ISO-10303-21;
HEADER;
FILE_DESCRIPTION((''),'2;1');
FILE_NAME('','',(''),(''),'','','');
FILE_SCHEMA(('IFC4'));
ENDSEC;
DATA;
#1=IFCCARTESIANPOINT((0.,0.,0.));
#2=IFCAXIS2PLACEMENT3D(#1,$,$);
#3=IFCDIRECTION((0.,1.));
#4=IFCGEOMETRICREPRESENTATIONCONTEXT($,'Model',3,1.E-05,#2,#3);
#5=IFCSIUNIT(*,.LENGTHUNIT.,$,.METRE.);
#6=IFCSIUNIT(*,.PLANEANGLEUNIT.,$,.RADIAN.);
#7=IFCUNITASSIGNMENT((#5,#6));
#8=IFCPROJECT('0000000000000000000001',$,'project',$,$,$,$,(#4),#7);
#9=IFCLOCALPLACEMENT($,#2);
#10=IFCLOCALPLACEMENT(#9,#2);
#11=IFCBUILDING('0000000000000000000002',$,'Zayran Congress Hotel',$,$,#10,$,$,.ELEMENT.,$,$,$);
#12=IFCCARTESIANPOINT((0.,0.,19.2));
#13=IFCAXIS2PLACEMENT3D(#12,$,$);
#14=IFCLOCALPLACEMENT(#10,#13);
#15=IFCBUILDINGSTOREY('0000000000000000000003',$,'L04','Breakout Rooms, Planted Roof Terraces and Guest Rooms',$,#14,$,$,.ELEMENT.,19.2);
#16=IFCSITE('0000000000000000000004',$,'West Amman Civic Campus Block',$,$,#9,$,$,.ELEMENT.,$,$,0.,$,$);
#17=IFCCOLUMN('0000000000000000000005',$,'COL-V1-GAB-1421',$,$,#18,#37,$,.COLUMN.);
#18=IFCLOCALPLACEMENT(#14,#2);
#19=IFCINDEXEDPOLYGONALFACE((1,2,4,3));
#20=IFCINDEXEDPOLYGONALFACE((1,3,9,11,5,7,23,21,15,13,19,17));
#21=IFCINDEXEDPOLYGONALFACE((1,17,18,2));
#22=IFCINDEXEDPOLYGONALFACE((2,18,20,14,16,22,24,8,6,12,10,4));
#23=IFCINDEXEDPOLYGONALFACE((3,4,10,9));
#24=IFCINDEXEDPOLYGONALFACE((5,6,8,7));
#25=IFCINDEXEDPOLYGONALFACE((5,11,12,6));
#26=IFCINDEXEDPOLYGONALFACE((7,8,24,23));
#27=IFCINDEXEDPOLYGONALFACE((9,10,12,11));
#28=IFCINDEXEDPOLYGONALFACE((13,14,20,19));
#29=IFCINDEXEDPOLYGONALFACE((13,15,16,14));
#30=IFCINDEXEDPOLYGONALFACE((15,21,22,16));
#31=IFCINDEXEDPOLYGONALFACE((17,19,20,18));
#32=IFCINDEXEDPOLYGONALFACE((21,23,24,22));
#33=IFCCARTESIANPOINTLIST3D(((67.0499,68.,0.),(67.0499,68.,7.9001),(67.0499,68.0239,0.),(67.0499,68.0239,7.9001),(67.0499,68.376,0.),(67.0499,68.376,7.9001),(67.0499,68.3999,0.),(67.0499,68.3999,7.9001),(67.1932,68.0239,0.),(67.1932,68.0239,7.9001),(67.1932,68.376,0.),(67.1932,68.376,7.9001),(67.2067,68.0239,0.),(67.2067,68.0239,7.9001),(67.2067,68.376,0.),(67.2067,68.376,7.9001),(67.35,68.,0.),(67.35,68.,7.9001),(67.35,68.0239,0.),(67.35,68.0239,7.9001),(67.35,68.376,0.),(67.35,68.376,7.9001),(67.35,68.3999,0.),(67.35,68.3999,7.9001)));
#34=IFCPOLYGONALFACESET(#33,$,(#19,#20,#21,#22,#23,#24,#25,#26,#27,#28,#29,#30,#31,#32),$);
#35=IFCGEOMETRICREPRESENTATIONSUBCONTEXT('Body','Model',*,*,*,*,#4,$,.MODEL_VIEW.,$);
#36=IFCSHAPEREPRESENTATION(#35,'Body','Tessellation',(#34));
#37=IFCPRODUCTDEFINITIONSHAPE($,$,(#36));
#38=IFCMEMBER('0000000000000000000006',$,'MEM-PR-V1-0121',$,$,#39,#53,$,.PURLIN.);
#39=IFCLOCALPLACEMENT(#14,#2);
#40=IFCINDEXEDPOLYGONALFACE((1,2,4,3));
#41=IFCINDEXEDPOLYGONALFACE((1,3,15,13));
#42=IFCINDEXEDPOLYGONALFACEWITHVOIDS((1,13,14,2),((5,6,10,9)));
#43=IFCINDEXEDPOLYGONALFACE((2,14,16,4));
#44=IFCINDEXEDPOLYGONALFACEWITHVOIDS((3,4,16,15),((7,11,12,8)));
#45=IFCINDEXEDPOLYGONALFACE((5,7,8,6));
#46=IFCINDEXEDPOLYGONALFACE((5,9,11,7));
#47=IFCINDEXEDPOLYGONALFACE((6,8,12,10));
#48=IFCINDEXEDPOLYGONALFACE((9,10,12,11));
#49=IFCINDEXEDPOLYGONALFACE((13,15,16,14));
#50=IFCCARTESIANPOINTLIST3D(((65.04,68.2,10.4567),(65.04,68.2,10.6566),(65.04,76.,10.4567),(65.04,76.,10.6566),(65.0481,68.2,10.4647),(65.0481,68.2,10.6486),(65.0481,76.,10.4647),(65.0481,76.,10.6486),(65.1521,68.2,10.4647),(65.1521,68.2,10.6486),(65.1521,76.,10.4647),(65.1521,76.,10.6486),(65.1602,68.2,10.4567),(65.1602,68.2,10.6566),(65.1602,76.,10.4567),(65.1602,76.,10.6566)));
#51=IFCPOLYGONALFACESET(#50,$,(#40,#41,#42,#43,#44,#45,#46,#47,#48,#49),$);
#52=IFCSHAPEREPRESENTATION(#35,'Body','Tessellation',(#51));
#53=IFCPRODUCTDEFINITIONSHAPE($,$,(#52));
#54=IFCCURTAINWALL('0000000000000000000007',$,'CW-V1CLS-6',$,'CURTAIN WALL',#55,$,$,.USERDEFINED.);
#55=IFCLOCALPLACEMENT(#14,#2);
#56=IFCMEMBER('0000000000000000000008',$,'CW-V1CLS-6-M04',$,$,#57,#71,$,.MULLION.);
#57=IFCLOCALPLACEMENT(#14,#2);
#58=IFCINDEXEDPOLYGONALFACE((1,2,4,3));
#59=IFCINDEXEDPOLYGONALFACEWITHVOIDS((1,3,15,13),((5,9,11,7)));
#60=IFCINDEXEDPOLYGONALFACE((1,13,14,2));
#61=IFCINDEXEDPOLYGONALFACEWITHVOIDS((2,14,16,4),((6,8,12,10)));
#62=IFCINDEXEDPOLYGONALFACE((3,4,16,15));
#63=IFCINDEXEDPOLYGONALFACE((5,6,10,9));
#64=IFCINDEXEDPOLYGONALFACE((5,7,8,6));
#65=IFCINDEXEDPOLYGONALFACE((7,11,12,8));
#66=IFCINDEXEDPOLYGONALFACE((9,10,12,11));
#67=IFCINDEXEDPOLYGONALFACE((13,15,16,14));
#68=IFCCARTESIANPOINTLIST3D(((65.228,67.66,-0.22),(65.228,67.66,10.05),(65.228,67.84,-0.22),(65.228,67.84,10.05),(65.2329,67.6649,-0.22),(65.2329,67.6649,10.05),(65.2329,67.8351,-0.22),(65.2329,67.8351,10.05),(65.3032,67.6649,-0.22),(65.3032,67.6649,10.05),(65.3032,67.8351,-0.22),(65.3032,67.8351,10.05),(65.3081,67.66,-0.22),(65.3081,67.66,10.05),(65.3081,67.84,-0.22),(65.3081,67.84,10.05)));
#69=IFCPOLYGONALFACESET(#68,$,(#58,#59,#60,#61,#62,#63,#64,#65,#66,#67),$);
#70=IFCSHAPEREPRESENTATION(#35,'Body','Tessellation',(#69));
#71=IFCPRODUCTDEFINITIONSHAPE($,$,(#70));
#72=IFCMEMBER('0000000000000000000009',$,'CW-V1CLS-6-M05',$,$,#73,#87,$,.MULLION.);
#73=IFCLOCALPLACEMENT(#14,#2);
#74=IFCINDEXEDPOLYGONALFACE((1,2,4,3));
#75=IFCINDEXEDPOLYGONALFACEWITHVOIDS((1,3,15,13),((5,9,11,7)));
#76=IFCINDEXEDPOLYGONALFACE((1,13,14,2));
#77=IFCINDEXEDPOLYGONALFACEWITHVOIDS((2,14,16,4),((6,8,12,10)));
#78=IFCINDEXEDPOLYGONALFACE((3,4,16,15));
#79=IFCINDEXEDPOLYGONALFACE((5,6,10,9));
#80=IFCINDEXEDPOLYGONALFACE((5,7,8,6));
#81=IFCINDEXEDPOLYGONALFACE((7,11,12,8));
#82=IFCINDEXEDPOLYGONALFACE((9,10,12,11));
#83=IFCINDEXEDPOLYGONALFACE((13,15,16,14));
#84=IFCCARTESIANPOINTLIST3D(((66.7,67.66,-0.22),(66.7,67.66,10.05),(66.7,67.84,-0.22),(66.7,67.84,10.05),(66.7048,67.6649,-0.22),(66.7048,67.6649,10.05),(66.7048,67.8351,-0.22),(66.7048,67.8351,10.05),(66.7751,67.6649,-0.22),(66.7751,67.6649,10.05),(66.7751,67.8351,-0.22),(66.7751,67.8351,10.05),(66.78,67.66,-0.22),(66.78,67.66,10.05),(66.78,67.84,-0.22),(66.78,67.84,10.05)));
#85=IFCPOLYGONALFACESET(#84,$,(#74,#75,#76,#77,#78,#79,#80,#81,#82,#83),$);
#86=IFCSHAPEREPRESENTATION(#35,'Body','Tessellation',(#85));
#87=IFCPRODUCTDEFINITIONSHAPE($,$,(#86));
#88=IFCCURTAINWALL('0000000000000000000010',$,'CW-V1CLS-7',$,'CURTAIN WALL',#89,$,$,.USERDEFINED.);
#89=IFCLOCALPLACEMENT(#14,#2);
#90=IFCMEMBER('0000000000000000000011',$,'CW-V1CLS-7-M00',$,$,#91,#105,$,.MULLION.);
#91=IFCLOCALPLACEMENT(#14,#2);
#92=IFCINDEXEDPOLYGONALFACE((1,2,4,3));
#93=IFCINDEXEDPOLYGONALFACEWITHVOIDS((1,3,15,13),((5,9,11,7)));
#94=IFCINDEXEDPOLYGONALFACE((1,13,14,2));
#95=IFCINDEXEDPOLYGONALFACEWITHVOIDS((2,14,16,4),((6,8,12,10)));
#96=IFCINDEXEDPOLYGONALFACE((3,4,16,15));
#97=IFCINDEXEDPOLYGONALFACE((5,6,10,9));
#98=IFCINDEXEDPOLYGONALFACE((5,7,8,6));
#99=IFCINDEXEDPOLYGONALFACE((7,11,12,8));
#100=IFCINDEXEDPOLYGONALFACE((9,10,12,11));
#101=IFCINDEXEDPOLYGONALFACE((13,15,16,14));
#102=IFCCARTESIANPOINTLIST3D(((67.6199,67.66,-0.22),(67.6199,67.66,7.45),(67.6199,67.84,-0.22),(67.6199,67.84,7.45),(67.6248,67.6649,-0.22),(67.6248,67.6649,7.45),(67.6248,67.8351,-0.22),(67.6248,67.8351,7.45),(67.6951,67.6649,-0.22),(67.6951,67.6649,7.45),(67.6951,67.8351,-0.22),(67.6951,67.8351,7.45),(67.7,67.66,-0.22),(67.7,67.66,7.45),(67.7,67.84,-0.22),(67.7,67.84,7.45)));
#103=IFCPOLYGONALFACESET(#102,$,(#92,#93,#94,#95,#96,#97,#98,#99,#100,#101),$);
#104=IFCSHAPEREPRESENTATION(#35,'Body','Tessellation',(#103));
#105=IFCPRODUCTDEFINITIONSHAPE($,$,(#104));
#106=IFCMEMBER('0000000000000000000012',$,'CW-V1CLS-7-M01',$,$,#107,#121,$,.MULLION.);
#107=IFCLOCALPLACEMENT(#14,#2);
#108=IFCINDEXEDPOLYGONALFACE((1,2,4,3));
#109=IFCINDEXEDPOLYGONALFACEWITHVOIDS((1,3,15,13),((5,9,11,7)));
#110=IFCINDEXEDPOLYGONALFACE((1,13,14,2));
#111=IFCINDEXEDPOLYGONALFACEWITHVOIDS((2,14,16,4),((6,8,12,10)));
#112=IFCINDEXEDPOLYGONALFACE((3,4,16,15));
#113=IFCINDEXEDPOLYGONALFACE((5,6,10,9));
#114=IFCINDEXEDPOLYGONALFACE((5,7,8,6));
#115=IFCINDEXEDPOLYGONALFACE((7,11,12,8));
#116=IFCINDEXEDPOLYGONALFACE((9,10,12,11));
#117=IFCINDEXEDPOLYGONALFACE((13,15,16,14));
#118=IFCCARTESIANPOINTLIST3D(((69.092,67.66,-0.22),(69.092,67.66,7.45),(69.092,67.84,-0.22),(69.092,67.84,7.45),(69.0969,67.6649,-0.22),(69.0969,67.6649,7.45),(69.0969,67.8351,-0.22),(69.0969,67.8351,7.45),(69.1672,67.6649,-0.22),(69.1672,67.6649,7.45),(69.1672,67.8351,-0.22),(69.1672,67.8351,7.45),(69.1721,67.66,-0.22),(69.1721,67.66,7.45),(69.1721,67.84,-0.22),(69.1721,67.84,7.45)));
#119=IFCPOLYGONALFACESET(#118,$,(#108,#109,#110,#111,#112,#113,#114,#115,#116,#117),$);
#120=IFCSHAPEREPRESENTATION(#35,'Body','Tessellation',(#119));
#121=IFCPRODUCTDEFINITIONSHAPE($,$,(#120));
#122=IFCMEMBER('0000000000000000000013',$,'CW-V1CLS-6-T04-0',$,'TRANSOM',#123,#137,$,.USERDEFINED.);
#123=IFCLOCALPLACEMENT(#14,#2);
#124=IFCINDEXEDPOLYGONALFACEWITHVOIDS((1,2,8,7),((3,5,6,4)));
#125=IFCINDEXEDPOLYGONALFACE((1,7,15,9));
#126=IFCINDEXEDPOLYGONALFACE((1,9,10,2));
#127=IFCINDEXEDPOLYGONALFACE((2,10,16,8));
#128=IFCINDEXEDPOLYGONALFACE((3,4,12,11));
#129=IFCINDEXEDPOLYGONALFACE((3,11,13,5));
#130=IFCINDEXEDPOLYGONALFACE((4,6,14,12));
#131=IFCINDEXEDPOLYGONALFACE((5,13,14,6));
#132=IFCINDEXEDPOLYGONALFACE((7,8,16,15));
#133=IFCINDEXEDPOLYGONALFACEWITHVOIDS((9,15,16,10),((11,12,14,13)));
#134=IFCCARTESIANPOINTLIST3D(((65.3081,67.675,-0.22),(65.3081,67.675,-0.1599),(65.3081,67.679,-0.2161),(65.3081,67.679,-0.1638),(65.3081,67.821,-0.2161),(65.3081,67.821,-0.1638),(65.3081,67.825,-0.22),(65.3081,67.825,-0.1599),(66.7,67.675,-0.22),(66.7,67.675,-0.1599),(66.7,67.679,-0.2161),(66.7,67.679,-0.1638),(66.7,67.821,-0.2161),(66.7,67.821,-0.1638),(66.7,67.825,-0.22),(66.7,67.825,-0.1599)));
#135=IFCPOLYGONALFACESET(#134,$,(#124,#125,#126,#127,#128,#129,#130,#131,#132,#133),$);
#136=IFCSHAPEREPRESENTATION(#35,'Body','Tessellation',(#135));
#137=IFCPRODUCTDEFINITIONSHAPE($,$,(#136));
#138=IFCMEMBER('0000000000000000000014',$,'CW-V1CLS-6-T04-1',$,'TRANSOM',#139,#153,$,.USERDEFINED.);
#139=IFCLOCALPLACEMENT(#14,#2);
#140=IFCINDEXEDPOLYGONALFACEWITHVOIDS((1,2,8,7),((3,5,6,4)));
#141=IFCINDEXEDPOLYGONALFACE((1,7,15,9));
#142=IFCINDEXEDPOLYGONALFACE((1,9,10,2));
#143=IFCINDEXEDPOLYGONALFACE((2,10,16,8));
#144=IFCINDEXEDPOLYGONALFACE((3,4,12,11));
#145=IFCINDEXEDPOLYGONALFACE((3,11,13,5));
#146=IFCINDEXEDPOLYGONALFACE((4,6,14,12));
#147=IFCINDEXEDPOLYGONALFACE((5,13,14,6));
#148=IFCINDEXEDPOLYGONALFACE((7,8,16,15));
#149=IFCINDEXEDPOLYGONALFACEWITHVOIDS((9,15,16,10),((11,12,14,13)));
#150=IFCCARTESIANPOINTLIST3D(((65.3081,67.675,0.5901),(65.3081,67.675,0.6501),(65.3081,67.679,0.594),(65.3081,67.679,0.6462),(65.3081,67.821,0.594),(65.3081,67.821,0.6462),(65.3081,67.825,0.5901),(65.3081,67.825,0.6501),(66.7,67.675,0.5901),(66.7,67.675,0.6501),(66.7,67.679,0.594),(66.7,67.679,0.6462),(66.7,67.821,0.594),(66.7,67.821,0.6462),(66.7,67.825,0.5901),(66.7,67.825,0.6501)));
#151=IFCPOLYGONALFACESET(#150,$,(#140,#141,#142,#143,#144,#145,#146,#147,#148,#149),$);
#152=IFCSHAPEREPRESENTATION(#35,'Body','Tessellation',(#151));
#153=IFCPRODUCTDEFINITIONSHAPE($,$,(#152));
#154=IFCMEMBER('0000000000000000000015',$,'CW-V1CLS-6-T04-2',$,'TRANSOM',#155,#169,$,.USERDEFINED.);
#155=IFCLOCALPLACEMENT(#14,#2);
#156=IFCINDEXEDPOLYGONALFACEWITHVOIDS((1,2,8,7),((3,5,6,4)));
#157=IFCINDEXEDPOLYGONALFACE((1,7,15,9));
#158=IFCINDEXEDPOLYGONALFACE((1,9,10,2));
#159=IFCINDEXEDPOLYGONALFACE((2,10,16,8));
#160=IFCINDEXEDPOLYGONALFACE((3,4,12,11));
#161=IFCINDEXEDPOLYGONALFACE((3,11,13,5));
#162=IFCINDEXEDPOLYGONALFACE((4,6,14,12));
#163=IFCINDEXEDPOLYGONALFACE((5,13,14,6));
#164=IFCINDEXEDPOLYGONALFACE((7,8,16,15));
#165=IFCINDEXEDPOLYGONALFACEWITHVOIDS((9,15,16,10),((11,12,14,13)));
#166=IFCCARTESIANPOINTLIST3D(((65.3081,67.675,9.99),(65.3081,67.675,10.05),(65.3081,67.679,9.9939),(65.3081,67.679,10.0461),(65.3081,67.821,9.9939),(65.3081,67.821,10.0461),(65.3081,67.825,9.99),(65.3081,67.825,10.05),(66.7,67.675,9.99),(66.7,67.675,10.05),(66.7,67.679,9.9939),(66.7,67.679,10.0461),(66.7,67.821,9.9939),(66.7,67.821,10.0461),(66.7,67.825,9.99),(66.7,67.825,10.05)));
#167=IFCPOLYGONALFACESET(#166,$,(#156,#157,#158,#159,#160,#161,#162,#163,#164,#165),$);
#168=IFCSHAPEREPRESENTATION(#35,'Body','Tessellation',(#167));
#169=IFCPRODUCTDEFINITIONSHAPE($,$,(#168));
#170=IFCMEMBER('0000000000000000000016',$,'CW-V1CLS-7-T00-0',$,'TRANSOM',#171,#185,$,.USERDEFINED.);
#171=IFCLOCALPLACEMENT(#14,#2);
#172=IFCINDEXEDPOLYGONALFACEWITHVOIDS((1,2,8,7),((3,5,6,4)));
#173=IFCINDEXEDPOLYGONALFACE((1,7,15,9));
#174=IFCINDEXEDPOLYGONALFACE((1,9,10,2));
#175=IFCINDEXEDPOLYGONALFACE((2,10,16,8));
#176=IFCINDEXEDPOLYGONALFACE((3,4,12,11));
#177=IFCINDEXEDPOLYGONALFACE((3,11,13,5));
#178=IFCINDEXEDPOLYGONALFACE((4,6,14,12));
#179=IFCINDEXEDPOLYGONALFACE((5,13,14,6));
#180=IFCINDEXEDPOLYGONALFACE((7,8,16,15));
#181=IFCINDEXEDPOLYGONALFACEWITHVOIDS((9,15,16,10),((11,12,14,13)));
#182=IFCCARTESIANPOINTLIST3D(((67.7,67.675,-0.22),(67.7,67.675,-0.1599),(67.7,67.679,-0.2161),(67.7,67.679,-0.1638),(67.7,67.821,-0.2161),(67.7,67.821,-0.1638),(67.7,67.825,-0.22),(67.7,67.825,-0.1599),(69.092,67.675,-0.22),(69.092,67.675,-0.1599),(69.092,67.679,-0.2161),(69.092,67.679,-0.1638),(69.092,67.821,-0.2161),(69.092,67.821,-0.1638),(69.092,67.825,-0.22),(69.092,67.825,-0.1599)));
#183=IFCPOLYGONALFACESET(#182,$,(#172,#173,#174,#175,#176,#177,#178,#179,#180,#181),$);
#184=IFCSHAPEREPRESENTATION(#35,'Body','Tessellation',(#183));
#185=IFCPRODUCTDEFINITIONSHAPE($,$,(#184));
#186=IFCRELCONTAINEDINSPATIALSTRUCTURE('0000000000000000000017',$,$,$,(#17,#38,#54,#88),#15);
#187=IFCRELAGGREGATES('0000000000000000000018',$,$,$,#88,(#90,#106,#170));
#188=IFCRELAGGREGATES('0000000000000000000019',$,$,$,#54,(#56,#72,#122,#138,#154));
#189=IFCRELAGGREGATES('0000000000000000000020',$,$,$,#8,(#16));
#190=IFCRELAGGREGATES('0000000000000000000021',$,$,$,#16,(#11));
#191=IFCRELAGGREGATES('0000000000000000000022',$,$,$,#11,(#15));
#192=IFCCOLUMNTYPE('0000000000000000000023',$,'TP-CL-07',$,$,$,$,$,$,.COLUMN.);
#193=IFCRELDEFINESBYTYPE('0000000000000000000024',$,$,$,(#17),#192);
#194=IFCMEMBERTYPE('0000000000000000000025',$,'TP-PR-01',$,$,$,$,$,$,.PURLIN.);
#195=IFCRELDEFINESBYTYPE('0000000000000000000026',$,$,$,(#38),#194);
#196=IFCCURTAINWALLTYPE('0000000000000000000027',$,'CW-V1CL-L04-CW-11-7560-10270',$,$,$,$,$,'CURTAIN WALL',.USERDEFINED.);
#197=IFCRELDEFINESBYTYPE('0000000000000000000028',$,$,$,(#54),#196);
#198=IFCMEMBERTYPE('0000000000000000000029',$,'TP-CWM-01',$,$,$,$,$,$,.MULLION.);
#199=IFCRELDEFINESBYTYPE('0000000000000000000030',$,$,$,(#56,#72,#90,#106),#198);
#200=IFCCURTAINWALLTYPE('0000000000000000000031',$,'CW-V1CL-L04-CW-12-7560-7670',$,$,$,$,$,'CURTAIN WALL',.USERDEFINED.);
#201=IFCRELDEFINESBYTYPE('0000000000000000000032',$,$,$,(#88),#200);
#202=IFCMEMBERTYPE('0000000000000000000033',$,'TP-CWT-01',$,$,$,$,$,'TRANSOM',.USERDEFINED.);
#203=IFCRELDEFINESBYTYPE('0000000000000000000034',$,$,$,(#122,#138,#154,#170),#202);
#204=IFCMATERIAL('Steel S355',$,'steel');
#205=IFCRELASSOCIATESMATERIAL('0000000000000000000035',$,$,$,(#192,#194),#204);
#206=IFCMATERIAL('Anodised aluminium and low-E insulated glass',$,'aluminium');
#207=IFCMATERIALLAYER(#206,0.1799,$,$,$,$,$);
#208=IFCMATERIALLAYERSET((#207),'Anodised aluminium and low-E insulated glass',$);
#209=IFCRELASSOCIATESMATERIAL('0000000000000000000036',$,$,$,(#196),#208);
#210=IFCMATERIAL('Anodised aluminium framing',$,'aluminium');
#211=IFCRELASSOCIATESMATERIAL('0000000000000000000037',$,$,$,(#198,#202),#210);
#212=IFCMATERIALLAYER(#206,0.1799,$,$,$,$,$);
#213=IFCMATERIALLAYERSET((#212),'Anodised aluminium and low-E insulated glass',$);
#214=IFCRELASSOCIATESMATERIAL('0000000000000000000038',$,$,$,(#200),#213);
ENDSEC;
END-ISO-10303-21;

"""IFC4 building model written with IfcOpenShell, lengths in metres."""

from ifc_helpers import new_model, si_unit, direction, frame, origin, origin_2d, place, context, subcontext, project, spatial, hollow_rectangle, i_section, extrude, material, layer, layer_set, material_profile, profile_set, type_object, element, aggregate, save


model = new_model("IFC4")

# Units and contexts
model_context = context("Model", 3, precision=1e-05, world=origin(), true_north=direction((0.0, 1.0)))
body_context = subcontext(model_context, "Body", "Model", "MODEL_VIEW")
ifc_project = project(units=[si_unit("LENGTHUNIT", "METRE"), si_unit("PLANEANGLEUNIT", "RADIAN")], contexts=[model_context])

# Site, building, storey
site_placement = place(None, origin())
site = spatial("IfcSite", under=ifc_project, at=site_placement, Name="West Amman Civic Campus Block", CompositionType="ELEMENT", RefElevation=0.0)
building_placement = place(site_placement, origin())
building = spatial("IfcBuilding", under=site, at=building_placement, Name="Zayran Congress Hotel", CompositionType="ELEMENT")
storey_placement = place(building_placement, frame((0.0, 0.0, 19.2)))
storey = spatial("IfcBuildingStorey", under=building, at=storey_placement, Name="L04", Description="Breakout Rooms, Planted Roof Terraces and Guest Rooms", CompositionType="ELEMENT", Elevation=19.2)

# Column
ifc_material_1 = material(Name="Steel S355", Category="steel")
ifc_material_profile_1 = material_profile(ifc_material_1, i_section(OverallWidth=0.3, OverallDepth=0.3999, WebThickness=0.0134, FlangeThickness=0.0239, at=origin_2d()), Name="HEB 400")
ifc_profile_set_1 = profile_set([ifc_material_profile_1], Name="Steel S355")
column_type = type_object("IfcColumnType", Name="TP-CL-07", PredefinedType="COLUMN", material=ifc_profile_set_1)
column_placement = place(storey_placement, frame((67.2, 68.2, 0.0), z_axis=(0.0, 0.0, 1.0), x_axis=(1.0, 0.0, 0.0)))
element("IfcColumn", 1, at=column_placement, inside=storey, type_object=column_type, Name="COL-V1-GAB-1421", PredefinedType="COLUMN", context=body_context, shape_type="SweptSolid", body=[
    extrude(i_section(OverallWidth=0.3, OverallDepth=0.3999, WebThickness=0.0134, FlangeThickness=0.0239, at=origin_2d()), origin(), (0.0, 0.0, 1.0), 7.9001),
])

# Member
ifc_material_profile_2 = material_profile(ifc_material_1, hollow_rectangle(XDim=0.1201, YDim=0.2, WallThickness=0.0081, at=origin_2d()), Name="RHS 200x120x8")
ifc_profile_set_2 = profile_set([ifc_material_profile_2], Name="Steel S355")
member_type_1 = type_object("IfcMemberType", Name="TP-PR-01", PredefinedType="PURLIN", material=ifc_profile_set_2)
member_1_placement = place(storey_placement, frame((65.1001, 68.2, 10.5566), z_axis=(0.0, 1.0, 0.0), x_axis=(-1.0, 0.0, 0.0)))
element("IfcMember", 2, at=member_1_placement, inside=storey, type_object=member_type_1, Name="MEM-PR-V1-0121", PredefinedType="PURLIN", context=body_context, shape_type="SweptSolid", body=[
    extrude(hollow_rectangle(XDim=0.1201, YDim=0.2, WallThickness=0.0081, at=origin_2d()), origin(), (0.0, 0.0, 1.0), 7.8),
])

# Curtain walls, members
ifc_material_2 = material(Name="Anodised aluminium and low-E insulated glass", Category="aluminium")
ifc_layer_1 = layer(ifc_material_2, 0.1799)
ifc_layer_set_1 = layer_set([ifc_layer_1], Name="Anodised aluminium and low-E insulated glass")
curtain_wall_type_1 = type_object("IfcCurtainWallType", Name="CW-V1CL-L04-CW-11-7560-10270", ElementType="CURTAIN WALL", PredefinedType="USERDEFINED", material=ifc_layer_set_1)
curtain_wall_1_placement = place(storey_placement, origin())
curtain_wall_1 = element("IfcCurtainWall", 3, at=curtain_wall_1_placement, inside=storey, type_object=curtain_wall_type_1, Name="CW-V1CLS-6", ObjectType="CURTAIN WALL", PredefinedType="USERDEFINED")
ifc_material_3 = material(Name="Anodised aluminium framing", Category="aluminium")
ifc_material_profile_3 = material_profile(ifc_material_3, hollow_rectangle(XDim=0.0801, YDim=0.1799, WallThickness=0.0049, at=origin_2d()), Name="RHS 180x80x5")
ifc_profile_set_3 = profile_set([ifc_material_profile_3], Name="Anodised aluminium framing")
member_type_2 = type_object("IfcMemberType", Name="TP-CWM-01", PredefinedType="MULLION", material=ifc_profile_set_3)
member_2_placement = place(storey_placement, frame((65.2681, 67.75, -0.22), z_axis=(0.0, 0.0, 1.0), x_axis=(1.0, 0.0, 0.0)))
member_2 = element("IfcMember", 4, at=member_2_placement, type_object=member_type_2, Name="CW-V1CLS-6-M04", PredefinedType="MULLION", context=body_context, shape_type="SweptSolid", body=[
    extrude(hollow_rectangle(XDim=0.0801, YDim=0.1799, WallThickness=0.0049, at=origin_2d()), origin(), (0.0, 0.0, 1.0), 10.27),
])
member_3_placement = place(storey_placement, frame((66.74, 67.75, -0.22), z_axis=(0.0, 0.0, 1.0), x_axis=(1.0, 0.0, 0.0)))
member_3 = element("IfcMember", 5, at=member_3_placement, type_object=member_type_2, Name="CW-V1CLS-6-M05", PredefinedType="MULLION", context=body_context, shape_type="SweptSolid", body=[
    extrude(hollow_rectangle(XDim=0.0801, YDim=0.1799, WallThickness=0.0049, at=origin_2d()), origin(), (0.0, 0.0, 1.0), 10.27),
])
ifc_layer_2 = layer(ifc_material_2, 0.1799)
ifc_layer_set_2 = layer_set([ifc_layer_2], Name="Anodised aluminium and low-E insulated glass")
curtain_wall_type_2 = type_object("IfcCurtainWallType", Name="CW-V1CL-L04-CW-12-7560-7670", ElementType="CURTAIN WALL", PredefinedType="USERDEFINED", material=ifc_layer_set_2)
curtain_wall_2_placement = place(storey_placement, origin())
curtain_wall_2 = element("IfcCurtainWall", 6, at=curtain_wall_2_placement, inside=storey, type_object=curtain_wall_type_2, Name="CW-V1CLS-7", ObjectType="CURTAIN WALL", PredefinedType="USERDEFINED")
member_4_placement = place(storey_placement, frame((67.6599, 67.75, -0.22), z_axis=(0.0, 0.0, 1.0), x_axis=(1.0, 0.0, 0.0)))
member_4 = element("IfcMember", 7, at=member_4_placement, type_object=member_type_2, Name="CW-V1CLS-7-M00", PredefinedType="MULLION", context=body_context, shape_type="SweptSolid", body=[
    extrude(hollow_rectangle(XDim=0.0801, YDim=0.1799, WallThickness=0.0049, at=origin_2d()), origin(), (0.0, 0.0, 1.0), 7.6699),
])
member_5_placement = place(storey_placement, frame((69.1321, 67.75, -0.22), z_axis=(0.0, 0.0, 1.0), x_axis=(1.0, 0.0, 0.0)))
member_5 = element("IfcMember", 8, at=member_5_placement, type_object=member_type_2, Name="CW-V1CLS-7-M01", PredefinedType="MULLION", context=body_context, shape_type="SweptSolid", body=[
    extrude(hollow_rectangle(XDim=0.0801, YDim=0.1799, WallThickness=0.0049, at=origin_2d()), origin(), (0.0, 0.0, 1.0), 7.6699),
])

# Members
ifc_material_profile_4 = material_profile(ifc_material_3, hollow_rectangle(XDim=0.0601, YDim=0.1499, WallThickness=0.0039, at=origin_2d()), Name="RHS 150x60x4")
ifc_profile_set_4 = profile_set([ifc_material_profile_4], Name="Anodised aluminium framing")
member_type_3 = type_object("IfcMemberType", Name="TP-CWT-01", ElementType="TRANSOM", PredefinedType="USERDEFINED", material=ifc_profile_set_4)
member_6_placement = place(storey_placement, frame((65.3081, 67.75, -0.1899), z_axis=(1.0, 0.0, 0.0), x_axis=(0.0, 0.0, 1.0)))
member_6 = element("IfcMember", 9, at=member_6_placement, type_object=member_type_3, Name="CW-V1CLS-6-T04-0", ObjectType="TRANSOM", PredefinedType="USERDEFINED", context=body_context, shape_type="SweptSolid", body=[
    extrude(hollow_rectangle(XDim=0.0601, YDim=0.1499, WallThickness=0.0039, at=origin_2d()), origin(), (0.0, 0.0, 1.0), 1.3918),
])
member_7_placement = place(storey_placement, frame((65.3081, 67.75, 0.6201), z_axis=(1.0, 0.0, 0.0), x_axis=(0.0, 0.0, 1.0)))
member_7 = element("IfcMember", 10, at=member_7_placement, type_object=member_type_3, Name="CW-V1CLS-6-T04-1", ObjectType="TRANSOM", PredefinedType="USERDEFINED", context=body_context, shape_type="SweptSolid", body=[
    extrude(hollow_rectangle(XDim=0.0601, YDim=0.1499, WallThickness=0.0039, at=origin_2d()), origin(), (0.0, 0.0, 1.0), 1.3918),
])
member_8_placement = place(storey_placement, frame((65.3081, 67.75, 10.02), z_axis=(1.0, 0.0, 0.0), x_axis=(0.0, 0.0, 1.0)))
member_8 = element("IfcMember", 11, at=member_8_placement, type_object=member_type_3, Name="CW-V1CLS-6-T04-2", ObjectType="TRANSOM", PredefinedType="USERDEFINED", context=body_context, shape_type="SweptSolid", body=[
    extrude(hollow_rectangle(XDim=0.0601, YDim=0.1499, WallThickness=0.0039, at=origin_2d()), origin(), (0.0, 0.0, 1.0), 1.3918),
])
member_9_placement = place(storey_placement, frame((67.7, 67.75, -0.1899), z_axis=(1.0, 0.0, 0.0), x_axis=(0.0, 0.0, 1.0)))
member_9 = element("IfcMember", 12, at=member_9_placement, type_object=member_type_3, Name="CW-V1CLS-7-T00-0", ObjectType="TRANSOM", PredefinedType="USERDEFINED", context=body_context, shape_type="SweptSolid", body=[
    extrude(hollow_rectangle(XDim=0.0601, YDim=0.1499, WallThickness=0.0039, at=origin_2d()), origin(), (0.0, 0.0, 1.0), 1.3921),
])

aggregate(curtain_wall_2, [member_4, member_5, member_9])
aggregate(curtain_wall_1, [member_2, member_3, member_6, member_7, member_8])

save(model, "model.ifc")
